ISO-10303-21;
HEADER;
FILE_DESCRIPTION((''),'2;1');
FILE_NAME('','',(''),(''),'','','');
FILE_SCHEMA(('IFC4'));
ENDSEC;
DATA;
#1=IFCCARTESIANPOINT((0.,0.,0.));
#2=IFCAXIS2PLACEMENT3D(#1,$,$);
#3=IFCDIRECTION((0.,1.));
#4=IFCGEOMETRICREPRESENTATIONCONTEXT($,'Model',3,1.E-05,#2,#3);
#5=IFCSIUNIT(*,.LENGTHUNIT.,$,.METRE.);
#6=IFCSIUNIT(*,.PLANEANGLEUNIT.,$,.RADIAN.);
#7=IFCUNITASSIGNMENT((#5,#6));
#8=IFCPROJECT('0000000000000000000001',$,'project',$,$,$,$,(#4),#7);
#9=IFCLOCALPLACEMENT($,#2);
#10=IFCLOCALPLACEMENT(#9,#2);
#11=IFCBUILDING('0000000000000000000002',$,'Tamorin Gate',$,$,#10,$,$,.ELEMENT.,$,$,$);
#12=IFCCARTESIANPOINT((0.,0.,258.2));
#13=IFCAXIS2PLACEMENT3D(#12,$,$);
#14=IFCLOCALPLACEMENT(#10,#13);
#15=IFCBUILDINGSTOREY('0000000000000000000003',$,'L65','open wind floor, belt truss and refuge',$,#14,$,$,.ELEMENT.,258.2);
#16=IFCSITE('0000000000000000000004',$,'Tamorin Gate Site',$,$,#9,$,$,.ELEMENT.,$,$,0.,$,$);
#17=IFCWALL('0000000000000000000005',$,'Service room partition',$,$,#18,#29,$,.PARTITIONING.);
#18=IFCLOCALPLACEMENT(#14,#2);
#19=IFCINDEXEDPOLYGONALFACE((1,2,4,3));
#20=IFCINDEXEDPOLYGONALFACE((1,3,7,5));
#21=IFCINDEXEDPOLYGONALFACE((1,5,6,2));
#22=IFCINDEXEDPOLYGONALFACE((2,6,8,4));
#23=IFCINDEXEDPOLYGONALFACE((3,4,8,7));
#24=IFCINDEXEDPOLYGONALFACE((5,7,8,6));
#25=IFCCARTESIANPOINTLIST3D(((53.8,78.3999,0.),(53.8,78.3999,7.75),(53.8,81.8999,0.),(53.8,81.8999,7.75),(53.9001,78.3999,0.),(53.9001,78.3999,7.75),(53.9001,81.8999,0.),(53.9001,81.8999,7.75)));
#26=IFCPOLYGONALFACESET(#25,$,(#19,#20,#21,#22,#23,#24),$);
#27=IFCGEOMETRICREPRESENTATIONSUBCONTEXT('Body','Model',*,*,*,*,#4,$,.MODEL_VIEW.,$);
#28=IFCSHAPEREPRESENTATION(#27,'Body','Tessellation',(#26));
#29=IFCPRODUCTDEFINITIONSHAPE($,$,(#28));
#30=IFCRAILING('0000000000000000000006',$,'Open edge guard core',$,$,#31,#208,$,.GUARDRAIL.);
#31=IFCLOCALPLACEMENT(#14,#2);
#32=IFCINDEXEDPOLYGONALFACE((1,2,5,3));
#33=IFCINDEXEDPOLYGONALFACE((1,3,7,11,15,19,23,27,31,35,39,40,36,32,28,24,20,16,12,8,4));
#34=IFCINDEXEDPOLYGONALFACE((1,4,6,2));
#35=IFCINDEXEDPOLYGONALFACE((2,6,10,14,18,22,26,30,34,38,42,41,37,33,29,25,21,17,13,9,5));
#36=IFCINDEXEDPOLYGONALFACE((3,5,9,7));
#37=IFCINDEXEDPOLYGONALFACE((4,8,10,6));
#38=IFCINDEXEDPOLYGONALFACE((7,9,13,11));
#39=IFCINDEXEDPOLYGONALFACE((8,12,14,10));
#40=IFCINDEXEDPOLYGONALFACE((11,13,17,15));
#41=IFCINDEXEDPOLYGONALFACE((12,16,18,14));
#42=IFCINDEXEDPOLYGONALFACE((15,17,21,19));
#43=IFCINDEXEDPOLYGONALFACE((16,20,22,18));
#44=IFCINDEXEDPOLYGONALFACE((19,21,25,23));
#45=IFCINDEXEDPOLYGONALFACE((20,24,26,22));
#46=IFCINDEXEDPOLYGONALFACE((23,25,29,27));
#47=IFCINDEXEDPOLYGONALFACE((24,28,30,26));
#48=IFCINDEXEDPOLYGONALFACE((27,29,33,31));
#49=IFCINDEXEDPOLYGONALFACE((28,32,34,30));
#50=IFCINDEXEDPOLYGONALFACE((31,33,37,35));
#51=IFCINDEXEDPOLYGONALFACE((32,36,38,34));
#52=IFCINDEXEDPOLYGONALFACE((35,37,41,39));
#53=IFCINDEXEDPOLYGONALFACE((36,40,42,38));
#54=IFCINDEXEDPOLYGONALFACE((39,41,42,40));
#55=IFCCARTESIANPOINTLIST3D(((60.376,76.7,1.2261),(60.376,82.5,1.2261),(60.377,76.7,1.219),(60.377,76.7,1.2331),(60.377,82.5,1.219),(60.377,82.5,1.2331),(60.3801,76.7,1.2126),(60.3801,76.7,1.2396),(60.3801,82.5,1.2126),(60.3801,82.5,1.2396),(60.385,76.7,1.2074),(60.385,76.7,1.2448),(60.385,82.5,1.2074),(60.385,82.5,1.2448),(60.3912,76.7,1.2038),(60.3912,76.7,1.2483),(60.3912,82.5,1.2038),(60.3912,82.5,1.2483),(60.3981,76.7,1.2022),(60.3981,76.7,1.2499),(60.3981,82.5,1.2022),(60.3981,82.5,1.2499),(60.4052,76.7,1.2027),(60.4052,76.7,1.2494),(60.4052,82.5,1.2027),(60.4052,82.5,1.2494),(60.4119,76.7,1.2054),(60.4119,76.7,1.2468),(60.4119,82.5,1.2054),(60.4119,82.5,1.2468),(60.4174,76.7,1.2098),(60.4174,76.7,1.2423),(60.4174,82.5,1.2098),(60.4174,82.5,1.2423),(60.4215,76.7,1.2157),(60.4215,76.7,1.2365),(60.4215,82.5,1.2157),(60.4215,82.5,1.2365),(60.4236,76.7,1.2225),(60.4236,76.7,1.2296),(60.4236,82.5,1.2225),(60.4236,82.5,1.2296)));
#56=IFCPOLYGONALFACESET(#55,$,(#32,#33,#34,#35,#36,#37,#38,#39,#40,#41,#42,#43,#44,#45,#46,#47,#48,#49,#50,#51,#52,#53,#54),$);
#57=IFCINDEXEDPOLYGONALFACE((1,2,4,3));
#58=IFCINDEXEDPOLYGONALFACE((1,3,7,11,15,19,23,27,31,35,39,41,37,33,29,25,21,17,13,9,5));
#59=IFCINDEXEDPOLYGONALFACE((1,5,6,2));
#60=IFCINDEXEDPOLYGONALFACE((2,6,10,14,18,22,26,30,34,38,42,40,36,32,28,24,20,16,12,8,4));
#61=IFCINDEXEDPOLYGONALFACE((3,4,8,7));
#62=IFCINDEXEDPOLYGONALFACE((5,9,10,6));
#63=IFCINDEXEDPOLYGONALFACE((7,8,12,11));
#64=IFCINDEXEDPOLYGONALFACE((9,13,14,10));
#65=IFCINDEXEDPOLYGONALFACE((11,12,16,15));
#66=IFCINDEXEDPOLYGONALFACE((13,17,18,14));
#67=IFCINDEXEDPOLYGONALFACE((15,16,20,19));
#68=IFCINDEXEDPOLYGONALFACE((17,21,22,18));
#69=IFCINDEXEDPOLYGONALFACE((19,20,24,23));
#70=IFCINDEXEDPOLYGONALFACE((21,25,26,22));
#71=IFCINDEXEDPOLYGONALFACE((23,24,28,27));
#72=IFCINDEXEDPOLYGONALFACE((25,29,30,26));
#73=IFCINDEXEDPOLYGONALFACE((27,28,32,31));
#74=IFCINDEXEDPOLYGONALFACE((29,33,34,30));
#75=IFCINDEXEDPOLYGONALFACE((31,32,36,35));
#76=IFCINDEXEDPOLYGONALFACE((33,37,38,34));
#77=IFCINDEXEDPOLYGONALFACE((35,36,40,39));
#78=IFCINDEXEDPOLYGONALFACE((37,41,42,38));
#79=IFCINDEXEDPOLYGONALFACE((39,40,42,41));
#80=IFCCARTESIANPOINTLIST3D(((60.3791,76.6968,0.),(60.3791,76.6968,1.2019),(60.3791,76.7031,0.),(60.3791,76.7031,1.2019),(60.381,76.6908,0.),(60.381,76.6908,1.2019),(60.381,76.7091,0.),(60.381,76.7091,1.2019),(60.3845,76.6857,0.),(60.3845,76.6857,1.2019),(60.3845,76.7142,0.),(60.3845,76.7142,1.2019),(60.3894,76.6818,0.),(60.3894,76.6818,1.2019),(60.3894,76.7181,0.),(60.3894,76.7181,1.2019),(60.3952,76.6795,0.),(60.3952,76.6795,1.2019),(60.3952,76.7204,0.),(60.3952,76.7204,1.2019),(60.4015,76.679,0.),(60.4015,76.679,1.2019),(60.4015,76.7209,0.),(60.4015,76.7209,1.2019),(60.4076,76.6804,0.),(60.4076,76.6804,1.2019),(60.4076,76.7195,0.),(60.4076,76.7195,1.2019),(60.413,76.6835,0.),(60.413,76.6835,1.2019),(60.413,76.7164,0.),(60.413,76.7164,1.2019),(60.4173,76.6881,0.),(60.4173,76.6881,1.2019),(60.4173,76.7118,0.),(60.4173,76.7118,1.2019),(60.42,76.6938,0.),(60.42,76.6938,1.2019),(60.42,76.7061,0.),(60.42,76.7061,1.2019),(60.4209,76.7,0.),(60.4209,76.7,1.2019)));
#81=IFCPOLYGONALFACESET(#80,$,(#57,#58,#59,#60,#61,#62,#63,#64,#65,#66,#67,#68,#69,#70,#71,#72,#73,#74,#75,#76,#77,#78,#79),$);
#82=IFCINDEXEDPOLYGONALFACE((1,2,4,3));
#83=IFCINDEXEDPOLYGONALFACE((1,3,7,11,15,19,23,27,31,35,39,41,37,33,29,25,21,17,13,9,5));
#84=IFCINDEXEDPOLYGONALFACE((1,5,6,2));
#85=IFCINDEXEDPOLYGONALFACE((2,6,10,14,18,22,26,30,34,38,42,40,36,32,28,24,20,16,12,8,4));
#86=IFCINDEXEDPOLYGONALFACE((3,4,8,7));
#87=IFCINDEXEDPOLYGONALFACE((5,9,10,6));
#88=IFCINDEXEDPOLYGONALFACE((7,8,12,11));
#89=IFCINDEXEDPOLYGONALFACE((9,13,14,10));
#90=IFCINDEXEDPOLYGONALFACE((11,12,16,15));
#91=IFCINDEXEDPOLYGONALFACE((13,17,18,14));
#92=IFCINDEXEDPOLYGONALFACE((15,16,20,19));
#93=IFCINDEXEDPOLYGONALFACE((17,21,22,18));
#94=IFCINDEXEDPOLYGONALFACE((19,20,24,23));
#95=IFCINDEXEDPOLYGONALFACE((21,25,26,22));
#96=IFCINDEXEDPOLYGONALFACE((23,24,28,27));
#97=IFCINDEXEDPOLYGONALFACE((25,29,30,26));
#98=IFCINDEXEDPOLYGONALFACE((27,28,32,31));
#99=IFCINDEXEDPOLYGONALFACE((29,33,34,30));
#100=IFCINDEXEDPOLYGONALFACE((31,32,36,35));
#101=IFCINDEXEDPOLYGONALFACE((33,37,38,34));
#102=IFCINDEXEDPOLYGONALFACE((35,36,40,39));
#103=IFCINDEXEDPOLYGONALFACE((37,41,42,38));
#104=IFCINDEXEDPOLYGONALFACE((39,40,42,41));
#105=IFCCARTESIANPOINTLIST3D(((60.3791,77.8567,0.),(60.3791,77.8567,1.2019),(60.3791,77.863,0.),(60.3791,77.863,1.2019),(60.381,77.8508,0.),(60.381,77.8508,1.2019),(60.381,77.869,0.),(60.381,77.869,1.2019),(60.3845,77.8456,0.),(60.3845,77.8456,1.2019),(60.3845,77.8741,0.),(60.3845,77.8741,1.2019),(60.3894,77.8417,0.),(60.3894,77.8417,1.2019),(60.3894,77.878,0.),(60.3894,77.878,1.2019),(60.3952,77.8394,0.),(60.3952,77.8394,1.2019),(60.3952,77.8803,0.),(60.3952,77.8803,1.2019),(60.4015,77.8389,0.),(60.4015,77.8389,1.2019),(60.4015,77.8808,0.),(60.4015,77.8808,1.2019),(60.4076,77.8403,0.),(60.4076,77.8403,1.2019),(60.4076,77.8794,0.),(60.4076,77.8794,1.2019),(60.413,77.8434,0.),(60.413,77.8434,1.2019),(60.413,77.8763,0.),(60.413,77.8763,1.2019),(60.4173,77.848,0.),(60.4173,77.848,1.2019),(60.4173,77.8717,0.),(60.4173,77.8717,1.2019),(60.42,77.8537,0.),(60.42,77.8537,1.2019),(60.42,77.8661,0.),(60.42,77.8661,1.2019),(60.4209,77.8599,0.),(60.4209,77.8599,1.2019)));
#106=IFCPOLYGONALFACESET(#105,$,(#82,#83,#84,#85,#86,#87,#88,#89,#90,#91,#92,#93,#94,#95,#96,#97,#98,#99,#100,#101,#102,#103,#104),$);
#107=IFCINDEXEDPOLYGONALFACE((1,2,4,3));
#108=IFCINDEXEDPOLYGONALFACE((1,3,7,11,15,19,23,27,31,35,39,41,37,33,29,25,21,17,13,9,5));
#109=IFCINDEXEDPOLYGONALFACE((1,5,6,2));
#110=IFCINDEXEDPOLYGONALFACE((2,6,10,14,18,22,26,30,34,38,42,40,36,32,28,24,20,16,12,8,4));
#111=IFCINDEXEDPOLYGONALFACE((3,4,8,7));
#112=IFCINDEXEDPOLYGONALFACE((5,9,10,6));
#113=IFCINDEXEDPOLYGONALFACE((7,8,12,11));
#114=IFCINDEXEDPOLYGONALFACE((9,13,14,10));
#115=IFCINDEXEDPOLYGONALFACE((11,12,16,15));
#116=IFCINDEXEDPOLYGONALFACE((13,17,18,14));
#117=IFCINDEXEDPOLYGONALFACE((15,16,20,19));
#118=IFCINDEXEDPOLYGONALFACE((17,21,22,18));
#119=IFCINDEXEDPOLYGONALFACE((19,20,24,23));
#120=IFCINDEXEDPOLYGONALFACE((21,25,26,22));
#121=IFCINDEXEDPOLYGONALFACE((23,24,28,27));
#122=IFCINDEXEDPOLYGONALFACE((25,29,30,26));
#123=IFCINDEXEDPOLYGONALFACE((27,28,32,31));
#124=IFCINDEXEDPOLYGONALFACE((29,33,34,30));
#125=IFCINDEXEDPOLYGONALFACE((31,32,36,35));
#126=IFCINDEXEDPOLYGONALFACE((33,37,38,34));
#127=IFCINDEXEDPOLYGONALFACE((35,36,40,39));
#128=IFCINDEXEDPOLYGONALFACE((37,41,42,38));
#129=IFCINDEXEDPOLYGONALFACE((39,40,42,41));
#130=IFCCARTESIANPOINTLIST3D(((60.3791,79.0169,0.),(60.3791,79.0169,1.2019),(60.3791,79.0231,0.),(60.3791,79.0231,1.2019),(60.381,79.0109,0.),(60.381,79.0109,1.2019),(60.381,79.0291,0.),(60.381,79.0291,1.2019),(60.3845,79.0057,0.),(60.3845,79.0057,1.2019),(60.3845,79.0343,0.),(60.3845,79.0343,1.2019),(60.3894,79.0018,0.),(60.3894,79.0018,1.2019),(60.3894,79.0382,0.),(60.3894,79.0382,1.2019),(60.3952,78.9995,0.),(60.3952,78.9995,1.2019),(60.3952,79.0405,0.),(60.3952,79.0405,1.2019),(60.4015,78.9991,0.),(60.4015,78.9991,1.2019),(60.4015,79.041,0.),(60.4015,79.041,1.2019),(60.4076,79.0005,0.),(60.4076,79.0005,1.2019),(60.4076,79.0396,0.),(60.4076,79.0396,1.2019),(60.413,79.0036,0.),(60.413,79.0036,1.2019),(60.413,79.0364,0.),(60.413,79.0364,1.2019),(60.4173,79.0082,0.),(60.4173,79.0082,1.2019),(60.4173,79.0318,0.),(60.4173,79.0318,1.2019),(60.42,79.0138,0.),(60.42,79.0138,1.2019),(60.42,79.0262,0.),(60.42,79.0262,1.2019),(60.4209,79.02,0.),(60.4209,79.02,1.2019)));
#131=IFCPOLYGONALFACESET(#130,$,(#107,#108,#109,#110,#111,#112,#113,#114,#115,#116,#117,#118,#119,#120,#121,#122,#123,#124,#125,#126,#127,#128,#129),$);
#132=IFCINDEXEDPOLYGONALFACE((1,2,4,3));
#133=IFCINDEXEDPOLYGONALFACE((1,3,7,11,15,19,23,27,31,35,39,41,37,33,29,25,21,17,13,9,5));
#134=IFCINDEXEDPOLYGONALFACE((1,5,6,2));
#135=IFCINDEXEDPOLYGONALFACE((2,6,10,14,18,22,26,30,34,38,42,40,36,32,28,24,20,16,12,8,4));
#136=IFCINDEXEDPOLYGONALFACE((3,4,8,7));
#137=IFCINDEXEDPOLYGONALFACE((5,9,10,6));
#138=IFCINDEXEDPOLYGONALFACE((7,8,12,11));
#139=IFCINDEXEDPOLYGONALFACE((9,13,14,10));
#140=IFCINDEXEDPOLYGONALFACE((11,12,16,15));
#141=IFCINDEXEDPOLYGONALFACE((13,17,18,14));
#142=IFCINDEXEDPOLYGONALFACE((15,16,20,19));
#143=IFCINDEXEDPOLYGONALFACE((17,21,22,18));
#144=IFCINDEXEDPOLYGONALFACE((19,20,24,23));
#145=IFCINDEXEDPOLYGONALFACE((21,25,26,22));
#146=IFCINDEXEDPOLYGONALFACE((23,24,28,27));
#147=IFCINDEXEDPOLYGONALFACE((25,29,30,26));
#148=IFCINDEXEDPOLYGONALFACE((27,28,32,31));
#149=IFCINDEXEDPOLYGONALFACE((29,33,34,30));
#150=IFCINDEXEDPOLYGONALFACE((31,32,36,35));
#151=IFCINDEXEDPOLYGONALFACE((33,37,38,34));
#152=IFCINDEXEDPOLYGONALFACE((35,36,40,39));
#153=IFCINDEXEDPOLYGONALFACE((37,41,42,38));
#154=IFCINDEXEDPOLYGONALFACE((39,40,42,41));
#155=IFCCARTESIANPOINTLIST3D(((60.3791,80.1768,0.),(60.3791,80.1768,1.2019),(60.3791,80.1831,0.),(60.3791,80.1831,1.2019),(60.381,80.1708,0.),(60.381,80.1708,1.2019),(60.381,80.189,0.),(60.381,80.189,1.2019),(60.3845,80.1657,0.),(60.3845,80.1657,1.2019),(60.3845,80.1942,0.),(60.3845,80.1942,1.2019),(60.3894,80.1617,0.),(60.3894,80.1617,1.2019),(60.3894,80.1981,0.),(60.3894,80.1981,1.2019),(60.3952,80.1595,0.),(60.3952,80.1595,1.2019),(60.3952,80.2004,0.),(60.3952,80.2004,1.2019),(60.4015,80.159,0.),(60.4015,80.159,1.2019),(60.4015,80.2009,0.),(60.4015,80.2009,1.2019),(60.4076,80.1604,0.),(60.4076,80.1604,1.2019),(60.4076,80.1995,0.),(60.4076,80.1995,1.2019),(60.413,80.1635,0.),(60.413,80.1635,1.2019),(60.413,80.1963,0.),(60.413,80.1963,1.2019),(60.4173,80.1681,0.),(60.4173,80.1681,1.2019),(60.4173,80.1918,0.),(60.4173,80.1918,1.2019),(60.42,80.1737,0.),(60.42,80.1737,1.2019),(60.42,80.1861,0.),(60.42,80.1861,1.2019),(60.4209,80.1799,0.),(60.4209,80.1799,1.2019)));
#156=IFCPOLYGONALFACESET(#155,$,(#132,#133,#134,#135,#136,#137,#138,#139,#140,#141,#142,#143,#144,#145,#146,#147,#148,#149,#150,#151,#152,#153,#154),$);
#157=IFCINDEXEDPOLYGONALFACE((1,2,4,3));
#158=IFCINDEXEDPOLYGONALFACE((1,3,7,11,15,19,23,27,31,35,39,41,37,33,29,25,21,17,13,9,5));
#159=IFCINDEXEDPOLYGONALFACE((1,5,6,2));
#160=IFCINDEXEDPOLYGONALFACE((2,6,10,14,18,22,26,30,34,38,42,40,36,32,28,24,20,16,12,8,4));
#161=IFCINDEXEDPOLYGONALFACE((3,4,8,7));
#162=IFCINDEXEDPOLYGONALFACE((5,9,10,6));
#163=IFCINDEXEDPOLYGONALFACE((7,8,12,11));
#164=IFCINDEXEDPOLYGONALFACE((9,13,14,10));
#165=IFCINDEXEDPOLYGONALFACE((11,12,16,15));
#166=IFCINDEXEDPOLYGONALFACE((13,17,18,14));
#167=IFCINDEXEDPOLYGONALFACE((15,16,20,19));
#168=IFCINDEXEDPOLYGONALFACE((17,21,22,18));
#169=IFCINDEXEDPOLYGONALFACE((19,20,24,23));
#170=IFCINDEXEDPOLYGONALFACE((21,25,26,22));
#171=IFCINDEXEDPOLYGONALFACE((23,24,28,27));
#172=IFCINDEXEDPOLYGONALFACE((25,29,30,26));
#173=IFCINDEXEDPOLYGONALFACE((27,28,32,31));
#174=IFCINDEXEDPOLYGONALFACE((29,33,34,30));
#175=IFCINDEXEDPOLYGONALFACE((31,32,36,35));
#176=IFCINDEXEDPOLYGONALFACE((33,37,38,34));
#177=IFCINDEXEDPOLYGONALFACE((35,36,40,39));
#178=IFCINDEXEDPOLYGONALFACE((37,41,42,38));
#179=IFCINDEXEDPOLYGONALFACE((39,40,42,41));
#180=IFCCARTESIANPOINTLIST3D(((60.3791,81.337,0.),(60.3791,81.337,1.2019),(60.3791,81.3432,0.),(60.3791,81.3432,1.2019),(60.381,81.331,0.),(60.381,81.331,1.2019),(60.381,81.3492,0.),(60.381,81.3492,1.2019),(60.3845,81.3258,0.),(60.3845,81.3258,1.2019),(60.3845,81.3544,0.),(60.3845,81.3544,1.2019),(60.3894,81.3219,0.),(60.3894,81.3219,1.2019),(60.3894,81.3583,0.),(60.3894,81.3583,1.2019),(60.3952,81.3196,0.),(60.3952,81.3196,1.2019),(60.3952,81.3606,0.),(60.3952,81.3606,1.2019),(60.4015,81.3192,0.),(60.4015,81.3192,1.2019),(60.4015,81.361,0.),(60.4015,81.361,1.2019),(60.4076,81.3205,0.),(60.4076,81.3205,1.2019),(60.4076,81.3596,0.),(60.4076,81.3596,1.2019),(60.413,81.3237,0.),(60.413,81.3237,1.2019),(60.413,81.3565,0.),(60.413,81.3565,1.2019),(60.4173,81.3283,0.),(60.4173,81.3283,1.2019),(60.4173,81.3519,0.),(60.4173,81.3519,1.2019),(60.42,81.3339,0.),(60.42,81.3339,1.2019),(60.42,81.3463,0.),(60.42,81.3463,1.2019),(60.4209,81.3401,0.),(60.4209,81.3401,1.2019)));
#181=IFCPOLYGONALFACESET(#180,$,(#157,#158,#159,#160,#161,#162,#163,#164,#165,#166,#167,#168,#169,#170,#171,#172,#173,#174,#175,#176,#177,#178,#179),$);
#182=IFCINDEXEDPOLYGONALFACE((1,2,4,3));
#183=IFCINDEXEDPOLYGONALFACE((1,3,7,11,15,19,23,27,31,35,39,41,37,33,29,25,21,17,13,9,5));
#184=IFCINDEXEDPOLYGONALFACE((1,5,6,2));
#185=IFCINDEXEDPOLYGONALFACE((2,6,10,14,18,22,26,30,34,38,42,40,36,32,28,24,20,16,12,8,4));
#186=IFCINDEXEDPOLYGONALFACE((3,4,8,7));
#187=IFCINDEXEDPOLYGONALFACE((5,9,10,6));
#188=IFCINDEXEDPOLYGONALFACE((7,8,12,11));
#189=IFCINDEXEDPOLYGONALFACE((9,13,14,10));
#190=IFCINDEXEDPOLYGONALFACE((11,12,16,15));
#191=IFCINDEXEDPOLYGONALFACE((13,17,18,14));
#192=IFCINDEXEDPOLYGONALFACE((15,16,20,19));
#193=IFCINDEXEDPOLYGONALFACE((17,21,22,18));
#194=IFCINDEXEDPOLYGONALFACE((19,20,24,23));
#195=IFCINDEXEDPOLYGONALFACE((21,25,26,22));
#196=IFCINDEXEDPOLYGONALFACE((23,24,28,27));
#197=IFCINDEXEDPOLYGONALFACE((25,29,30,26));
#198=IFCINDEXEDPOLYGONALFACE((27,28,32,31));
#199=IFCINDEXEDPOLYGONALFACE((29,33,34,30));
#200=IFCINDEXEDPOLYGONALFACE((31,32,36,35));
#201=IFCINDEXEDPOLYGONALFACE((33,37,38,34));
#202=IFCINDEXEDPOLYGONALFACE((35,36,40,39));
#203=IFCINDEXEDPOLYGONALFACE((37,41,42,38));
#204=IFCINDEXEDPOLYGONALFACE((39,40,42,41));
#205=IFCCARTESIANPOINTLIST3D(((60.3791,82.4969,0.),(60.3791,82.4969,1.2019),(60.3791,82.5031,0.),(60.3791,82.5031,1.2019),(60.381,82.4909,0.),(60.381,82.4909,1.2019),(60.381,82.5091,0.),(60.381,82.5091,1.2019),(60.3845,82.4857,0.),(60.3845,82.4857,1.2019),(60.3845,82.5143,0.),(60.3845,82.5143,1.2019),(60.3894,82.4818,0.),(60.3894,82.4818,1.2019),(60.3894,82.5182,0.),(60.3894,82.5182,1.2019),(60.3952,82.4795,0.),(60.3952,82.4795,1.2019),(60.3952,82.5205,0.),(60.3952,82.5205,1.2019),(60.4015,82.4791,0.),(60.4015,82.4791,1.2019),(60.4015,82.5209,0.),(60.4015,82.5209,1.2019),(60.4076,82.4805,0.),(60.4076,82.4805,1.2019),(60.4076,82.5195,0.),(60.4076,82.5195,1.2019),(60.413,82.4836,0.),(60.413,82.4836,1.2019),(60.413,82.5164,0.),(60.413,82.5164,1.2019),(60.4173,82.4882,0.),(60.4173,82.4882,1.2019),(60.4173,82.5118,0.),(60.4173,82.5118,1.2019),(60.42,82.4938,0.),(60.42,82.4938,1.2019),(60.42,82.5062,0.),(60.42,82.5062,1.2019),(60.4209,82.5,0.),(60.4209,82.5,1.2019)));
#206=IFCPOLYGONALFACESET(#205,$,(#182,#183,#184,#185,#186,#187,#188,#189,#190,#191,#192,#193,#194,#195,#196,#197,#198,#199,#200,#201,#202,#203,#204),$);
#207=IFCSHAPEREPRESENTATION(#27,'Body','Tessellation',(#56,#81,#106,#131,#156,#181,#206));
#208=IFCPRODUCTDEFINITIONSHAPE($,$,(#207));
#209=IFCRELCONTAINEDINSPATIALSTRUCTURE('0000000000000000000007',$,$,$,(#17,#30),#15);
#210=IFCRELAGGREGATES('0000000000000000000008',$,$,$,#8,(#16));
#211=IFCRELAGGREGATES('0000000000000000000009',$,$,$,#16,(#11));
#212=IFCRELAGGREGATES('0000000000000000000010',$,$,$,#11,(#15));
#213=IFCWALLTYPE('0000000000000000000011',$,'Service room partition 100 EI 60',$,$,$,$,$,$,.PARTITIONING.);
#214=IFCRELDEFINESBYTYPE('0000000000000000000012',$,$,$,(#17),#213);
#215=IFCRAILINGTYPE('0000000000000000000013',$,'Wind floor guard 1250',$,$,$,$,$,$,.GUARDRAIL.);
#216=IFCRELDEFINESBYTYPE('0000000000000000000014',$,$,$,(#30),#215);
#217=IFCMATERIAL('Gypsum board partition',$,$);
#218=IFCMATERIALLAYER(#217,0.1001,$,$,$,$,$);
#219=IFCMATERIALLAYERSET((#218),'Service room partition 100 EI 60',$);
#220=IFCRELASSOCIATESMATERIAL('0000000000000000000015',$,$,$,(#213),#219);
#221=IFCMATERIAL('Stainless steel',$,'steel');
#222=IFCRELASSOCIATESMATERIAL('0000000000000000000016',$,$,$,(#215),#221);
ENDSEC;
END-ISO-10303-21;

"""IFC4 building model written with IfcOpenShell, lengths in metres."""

from ifc_helpers import new_model, si_unit, direction, frame, frame_2d, origin, origin_2d, place, context, subcontext, project, spatial, rectangle, circle, extrude, material, layer, layer_set, type_object, element, save


model = new_model("IFC4")

# Units and contexts
model_context = context("Model", 3, precision=1e-05, world=origin(), true_north=direction((0.0, 1.0)))
body_context = subcontext(model_context, "Body", "Model", "MODEL_VIEW")
ifc_project = project(units=[si_unit("LENGTHUNIT", "METRE"), si_unit("PLANEANGLEUNIT", "RADIAN")], contexts=[model_context])

# Site, building, storey
site_placement = place(None, origin())
site = spatial("IfcSite", under=ifc_project, at=site_placement, Name="Tamorin Gate Site", CompositionType="ELEMENT", RefElevation=0.0)
building_placement = place(site_placement, origin())
building = spatial("IfcBuilding", under=site, at=building_placement, Name="Tamorin Gate", CompositionType="ELEMENT")
storey_placement = place(building_placement, frame((0.0, 0.0, 258.2)))
storey = spatial("IfcBuildingStorey", under=building, at=storey_placement, Name="L65", Description="open wind floor, belt truss and refuge", CompositionType="ELEMENT", Elevation=258.2)

# Wall
ifc_material_1 = material(Name="Gypsum board partition")
ifc_layer_1 = layer(ifc_material_1, 0.1001)
ifc_layer_set_1 = layer_set([ifc_layer_1], Name="Service room partition 100 EI 60")
wall_type_1 = type_object("IfcWallType", Name="Service room partition 100 EI 60", PredefinedType="PARTITIONING", material=ifc_layer_set_1)
wall_1_placement = place(storey_placement, frame((53.8501, 78.3999, 0.0), z_axis=(0.0, 0.0, 1.0), x_axis=(0.0, 1.0, 0.0)))
element("IfcWall", 1, at=wall_1_placement, inside=storey, type_object=wall_type_1, Name="Service room partition", PredefinedType="PARTITIONING", context=body_context, shape_type="SweptSolid", body=[
    extrude(rectangle(XDim=3.5, YDim=0.1001, at=frame_2d((1.75, 0.0))), origin(), (0.0, 0.0, 1.0), 7.75),
])

# Railing
ifc_material_2 = material(Name="Stainless steel", Category="steel")
railing_type = type_object("IfcRailingType", Name="Wind floor guard 1250", PredefinedType="GUARDRAIL", material=ifc_material_2)
railing_placement = place(storey_placement, frame((60.3999, 76.7, 0.0)))
element("IfcRailing", 2, at=railing_placement, inside=storey, type_object=railing_type, Name="Open edge guard core", PredefinedType="GUARDRAIL", context=body_context, shape_type="SweptSolid", body=[
    extrude(circle(Radius=0.0239, at=origin_2d()), frame((0.0, 0.0, 1.2261), z_axis=(0.0, 1.0, 0.0), x_axis=(-1.0, 0.0, 0.0)), (0.0, 0.0, 1.0), 5.8),
    extrude(circle(Radius=0.021, at=origin_2d()), origin(), (0.0, 0.0, 1.0), 1.2019),
    extrude(circle(Radius=0.021, at=origin_2d()), frame((0.0, 1.1599, 0.0)), (0.0, 0.0, 1.0), 1.2019),
    extrude(circle(Radius=0.021, at=origin_2d()), frame((0.0, 2.3201, 0.0)), (0.0, 0.0, 1.0), 1.2019),
    extrude(circle(Radius=0.021, at=origin_2d()), frame((0.0, 3.48, 0.0)), (0.0, 0.0, 1.0), 1.2019),
    extrude(circle(Radius=0.021, at=origin_2d()), frame((0.0, 4.6401, 0.0)), (0.0, 0.0, 1.0), 1.2019),
    extrude(circle(Radius=0.021, at=origin_2d()), frame((0.0, 5.8, 0.0)), (0.0, 0.0, 1.0), 1.2019),
])

save(model, "model.ifc")
